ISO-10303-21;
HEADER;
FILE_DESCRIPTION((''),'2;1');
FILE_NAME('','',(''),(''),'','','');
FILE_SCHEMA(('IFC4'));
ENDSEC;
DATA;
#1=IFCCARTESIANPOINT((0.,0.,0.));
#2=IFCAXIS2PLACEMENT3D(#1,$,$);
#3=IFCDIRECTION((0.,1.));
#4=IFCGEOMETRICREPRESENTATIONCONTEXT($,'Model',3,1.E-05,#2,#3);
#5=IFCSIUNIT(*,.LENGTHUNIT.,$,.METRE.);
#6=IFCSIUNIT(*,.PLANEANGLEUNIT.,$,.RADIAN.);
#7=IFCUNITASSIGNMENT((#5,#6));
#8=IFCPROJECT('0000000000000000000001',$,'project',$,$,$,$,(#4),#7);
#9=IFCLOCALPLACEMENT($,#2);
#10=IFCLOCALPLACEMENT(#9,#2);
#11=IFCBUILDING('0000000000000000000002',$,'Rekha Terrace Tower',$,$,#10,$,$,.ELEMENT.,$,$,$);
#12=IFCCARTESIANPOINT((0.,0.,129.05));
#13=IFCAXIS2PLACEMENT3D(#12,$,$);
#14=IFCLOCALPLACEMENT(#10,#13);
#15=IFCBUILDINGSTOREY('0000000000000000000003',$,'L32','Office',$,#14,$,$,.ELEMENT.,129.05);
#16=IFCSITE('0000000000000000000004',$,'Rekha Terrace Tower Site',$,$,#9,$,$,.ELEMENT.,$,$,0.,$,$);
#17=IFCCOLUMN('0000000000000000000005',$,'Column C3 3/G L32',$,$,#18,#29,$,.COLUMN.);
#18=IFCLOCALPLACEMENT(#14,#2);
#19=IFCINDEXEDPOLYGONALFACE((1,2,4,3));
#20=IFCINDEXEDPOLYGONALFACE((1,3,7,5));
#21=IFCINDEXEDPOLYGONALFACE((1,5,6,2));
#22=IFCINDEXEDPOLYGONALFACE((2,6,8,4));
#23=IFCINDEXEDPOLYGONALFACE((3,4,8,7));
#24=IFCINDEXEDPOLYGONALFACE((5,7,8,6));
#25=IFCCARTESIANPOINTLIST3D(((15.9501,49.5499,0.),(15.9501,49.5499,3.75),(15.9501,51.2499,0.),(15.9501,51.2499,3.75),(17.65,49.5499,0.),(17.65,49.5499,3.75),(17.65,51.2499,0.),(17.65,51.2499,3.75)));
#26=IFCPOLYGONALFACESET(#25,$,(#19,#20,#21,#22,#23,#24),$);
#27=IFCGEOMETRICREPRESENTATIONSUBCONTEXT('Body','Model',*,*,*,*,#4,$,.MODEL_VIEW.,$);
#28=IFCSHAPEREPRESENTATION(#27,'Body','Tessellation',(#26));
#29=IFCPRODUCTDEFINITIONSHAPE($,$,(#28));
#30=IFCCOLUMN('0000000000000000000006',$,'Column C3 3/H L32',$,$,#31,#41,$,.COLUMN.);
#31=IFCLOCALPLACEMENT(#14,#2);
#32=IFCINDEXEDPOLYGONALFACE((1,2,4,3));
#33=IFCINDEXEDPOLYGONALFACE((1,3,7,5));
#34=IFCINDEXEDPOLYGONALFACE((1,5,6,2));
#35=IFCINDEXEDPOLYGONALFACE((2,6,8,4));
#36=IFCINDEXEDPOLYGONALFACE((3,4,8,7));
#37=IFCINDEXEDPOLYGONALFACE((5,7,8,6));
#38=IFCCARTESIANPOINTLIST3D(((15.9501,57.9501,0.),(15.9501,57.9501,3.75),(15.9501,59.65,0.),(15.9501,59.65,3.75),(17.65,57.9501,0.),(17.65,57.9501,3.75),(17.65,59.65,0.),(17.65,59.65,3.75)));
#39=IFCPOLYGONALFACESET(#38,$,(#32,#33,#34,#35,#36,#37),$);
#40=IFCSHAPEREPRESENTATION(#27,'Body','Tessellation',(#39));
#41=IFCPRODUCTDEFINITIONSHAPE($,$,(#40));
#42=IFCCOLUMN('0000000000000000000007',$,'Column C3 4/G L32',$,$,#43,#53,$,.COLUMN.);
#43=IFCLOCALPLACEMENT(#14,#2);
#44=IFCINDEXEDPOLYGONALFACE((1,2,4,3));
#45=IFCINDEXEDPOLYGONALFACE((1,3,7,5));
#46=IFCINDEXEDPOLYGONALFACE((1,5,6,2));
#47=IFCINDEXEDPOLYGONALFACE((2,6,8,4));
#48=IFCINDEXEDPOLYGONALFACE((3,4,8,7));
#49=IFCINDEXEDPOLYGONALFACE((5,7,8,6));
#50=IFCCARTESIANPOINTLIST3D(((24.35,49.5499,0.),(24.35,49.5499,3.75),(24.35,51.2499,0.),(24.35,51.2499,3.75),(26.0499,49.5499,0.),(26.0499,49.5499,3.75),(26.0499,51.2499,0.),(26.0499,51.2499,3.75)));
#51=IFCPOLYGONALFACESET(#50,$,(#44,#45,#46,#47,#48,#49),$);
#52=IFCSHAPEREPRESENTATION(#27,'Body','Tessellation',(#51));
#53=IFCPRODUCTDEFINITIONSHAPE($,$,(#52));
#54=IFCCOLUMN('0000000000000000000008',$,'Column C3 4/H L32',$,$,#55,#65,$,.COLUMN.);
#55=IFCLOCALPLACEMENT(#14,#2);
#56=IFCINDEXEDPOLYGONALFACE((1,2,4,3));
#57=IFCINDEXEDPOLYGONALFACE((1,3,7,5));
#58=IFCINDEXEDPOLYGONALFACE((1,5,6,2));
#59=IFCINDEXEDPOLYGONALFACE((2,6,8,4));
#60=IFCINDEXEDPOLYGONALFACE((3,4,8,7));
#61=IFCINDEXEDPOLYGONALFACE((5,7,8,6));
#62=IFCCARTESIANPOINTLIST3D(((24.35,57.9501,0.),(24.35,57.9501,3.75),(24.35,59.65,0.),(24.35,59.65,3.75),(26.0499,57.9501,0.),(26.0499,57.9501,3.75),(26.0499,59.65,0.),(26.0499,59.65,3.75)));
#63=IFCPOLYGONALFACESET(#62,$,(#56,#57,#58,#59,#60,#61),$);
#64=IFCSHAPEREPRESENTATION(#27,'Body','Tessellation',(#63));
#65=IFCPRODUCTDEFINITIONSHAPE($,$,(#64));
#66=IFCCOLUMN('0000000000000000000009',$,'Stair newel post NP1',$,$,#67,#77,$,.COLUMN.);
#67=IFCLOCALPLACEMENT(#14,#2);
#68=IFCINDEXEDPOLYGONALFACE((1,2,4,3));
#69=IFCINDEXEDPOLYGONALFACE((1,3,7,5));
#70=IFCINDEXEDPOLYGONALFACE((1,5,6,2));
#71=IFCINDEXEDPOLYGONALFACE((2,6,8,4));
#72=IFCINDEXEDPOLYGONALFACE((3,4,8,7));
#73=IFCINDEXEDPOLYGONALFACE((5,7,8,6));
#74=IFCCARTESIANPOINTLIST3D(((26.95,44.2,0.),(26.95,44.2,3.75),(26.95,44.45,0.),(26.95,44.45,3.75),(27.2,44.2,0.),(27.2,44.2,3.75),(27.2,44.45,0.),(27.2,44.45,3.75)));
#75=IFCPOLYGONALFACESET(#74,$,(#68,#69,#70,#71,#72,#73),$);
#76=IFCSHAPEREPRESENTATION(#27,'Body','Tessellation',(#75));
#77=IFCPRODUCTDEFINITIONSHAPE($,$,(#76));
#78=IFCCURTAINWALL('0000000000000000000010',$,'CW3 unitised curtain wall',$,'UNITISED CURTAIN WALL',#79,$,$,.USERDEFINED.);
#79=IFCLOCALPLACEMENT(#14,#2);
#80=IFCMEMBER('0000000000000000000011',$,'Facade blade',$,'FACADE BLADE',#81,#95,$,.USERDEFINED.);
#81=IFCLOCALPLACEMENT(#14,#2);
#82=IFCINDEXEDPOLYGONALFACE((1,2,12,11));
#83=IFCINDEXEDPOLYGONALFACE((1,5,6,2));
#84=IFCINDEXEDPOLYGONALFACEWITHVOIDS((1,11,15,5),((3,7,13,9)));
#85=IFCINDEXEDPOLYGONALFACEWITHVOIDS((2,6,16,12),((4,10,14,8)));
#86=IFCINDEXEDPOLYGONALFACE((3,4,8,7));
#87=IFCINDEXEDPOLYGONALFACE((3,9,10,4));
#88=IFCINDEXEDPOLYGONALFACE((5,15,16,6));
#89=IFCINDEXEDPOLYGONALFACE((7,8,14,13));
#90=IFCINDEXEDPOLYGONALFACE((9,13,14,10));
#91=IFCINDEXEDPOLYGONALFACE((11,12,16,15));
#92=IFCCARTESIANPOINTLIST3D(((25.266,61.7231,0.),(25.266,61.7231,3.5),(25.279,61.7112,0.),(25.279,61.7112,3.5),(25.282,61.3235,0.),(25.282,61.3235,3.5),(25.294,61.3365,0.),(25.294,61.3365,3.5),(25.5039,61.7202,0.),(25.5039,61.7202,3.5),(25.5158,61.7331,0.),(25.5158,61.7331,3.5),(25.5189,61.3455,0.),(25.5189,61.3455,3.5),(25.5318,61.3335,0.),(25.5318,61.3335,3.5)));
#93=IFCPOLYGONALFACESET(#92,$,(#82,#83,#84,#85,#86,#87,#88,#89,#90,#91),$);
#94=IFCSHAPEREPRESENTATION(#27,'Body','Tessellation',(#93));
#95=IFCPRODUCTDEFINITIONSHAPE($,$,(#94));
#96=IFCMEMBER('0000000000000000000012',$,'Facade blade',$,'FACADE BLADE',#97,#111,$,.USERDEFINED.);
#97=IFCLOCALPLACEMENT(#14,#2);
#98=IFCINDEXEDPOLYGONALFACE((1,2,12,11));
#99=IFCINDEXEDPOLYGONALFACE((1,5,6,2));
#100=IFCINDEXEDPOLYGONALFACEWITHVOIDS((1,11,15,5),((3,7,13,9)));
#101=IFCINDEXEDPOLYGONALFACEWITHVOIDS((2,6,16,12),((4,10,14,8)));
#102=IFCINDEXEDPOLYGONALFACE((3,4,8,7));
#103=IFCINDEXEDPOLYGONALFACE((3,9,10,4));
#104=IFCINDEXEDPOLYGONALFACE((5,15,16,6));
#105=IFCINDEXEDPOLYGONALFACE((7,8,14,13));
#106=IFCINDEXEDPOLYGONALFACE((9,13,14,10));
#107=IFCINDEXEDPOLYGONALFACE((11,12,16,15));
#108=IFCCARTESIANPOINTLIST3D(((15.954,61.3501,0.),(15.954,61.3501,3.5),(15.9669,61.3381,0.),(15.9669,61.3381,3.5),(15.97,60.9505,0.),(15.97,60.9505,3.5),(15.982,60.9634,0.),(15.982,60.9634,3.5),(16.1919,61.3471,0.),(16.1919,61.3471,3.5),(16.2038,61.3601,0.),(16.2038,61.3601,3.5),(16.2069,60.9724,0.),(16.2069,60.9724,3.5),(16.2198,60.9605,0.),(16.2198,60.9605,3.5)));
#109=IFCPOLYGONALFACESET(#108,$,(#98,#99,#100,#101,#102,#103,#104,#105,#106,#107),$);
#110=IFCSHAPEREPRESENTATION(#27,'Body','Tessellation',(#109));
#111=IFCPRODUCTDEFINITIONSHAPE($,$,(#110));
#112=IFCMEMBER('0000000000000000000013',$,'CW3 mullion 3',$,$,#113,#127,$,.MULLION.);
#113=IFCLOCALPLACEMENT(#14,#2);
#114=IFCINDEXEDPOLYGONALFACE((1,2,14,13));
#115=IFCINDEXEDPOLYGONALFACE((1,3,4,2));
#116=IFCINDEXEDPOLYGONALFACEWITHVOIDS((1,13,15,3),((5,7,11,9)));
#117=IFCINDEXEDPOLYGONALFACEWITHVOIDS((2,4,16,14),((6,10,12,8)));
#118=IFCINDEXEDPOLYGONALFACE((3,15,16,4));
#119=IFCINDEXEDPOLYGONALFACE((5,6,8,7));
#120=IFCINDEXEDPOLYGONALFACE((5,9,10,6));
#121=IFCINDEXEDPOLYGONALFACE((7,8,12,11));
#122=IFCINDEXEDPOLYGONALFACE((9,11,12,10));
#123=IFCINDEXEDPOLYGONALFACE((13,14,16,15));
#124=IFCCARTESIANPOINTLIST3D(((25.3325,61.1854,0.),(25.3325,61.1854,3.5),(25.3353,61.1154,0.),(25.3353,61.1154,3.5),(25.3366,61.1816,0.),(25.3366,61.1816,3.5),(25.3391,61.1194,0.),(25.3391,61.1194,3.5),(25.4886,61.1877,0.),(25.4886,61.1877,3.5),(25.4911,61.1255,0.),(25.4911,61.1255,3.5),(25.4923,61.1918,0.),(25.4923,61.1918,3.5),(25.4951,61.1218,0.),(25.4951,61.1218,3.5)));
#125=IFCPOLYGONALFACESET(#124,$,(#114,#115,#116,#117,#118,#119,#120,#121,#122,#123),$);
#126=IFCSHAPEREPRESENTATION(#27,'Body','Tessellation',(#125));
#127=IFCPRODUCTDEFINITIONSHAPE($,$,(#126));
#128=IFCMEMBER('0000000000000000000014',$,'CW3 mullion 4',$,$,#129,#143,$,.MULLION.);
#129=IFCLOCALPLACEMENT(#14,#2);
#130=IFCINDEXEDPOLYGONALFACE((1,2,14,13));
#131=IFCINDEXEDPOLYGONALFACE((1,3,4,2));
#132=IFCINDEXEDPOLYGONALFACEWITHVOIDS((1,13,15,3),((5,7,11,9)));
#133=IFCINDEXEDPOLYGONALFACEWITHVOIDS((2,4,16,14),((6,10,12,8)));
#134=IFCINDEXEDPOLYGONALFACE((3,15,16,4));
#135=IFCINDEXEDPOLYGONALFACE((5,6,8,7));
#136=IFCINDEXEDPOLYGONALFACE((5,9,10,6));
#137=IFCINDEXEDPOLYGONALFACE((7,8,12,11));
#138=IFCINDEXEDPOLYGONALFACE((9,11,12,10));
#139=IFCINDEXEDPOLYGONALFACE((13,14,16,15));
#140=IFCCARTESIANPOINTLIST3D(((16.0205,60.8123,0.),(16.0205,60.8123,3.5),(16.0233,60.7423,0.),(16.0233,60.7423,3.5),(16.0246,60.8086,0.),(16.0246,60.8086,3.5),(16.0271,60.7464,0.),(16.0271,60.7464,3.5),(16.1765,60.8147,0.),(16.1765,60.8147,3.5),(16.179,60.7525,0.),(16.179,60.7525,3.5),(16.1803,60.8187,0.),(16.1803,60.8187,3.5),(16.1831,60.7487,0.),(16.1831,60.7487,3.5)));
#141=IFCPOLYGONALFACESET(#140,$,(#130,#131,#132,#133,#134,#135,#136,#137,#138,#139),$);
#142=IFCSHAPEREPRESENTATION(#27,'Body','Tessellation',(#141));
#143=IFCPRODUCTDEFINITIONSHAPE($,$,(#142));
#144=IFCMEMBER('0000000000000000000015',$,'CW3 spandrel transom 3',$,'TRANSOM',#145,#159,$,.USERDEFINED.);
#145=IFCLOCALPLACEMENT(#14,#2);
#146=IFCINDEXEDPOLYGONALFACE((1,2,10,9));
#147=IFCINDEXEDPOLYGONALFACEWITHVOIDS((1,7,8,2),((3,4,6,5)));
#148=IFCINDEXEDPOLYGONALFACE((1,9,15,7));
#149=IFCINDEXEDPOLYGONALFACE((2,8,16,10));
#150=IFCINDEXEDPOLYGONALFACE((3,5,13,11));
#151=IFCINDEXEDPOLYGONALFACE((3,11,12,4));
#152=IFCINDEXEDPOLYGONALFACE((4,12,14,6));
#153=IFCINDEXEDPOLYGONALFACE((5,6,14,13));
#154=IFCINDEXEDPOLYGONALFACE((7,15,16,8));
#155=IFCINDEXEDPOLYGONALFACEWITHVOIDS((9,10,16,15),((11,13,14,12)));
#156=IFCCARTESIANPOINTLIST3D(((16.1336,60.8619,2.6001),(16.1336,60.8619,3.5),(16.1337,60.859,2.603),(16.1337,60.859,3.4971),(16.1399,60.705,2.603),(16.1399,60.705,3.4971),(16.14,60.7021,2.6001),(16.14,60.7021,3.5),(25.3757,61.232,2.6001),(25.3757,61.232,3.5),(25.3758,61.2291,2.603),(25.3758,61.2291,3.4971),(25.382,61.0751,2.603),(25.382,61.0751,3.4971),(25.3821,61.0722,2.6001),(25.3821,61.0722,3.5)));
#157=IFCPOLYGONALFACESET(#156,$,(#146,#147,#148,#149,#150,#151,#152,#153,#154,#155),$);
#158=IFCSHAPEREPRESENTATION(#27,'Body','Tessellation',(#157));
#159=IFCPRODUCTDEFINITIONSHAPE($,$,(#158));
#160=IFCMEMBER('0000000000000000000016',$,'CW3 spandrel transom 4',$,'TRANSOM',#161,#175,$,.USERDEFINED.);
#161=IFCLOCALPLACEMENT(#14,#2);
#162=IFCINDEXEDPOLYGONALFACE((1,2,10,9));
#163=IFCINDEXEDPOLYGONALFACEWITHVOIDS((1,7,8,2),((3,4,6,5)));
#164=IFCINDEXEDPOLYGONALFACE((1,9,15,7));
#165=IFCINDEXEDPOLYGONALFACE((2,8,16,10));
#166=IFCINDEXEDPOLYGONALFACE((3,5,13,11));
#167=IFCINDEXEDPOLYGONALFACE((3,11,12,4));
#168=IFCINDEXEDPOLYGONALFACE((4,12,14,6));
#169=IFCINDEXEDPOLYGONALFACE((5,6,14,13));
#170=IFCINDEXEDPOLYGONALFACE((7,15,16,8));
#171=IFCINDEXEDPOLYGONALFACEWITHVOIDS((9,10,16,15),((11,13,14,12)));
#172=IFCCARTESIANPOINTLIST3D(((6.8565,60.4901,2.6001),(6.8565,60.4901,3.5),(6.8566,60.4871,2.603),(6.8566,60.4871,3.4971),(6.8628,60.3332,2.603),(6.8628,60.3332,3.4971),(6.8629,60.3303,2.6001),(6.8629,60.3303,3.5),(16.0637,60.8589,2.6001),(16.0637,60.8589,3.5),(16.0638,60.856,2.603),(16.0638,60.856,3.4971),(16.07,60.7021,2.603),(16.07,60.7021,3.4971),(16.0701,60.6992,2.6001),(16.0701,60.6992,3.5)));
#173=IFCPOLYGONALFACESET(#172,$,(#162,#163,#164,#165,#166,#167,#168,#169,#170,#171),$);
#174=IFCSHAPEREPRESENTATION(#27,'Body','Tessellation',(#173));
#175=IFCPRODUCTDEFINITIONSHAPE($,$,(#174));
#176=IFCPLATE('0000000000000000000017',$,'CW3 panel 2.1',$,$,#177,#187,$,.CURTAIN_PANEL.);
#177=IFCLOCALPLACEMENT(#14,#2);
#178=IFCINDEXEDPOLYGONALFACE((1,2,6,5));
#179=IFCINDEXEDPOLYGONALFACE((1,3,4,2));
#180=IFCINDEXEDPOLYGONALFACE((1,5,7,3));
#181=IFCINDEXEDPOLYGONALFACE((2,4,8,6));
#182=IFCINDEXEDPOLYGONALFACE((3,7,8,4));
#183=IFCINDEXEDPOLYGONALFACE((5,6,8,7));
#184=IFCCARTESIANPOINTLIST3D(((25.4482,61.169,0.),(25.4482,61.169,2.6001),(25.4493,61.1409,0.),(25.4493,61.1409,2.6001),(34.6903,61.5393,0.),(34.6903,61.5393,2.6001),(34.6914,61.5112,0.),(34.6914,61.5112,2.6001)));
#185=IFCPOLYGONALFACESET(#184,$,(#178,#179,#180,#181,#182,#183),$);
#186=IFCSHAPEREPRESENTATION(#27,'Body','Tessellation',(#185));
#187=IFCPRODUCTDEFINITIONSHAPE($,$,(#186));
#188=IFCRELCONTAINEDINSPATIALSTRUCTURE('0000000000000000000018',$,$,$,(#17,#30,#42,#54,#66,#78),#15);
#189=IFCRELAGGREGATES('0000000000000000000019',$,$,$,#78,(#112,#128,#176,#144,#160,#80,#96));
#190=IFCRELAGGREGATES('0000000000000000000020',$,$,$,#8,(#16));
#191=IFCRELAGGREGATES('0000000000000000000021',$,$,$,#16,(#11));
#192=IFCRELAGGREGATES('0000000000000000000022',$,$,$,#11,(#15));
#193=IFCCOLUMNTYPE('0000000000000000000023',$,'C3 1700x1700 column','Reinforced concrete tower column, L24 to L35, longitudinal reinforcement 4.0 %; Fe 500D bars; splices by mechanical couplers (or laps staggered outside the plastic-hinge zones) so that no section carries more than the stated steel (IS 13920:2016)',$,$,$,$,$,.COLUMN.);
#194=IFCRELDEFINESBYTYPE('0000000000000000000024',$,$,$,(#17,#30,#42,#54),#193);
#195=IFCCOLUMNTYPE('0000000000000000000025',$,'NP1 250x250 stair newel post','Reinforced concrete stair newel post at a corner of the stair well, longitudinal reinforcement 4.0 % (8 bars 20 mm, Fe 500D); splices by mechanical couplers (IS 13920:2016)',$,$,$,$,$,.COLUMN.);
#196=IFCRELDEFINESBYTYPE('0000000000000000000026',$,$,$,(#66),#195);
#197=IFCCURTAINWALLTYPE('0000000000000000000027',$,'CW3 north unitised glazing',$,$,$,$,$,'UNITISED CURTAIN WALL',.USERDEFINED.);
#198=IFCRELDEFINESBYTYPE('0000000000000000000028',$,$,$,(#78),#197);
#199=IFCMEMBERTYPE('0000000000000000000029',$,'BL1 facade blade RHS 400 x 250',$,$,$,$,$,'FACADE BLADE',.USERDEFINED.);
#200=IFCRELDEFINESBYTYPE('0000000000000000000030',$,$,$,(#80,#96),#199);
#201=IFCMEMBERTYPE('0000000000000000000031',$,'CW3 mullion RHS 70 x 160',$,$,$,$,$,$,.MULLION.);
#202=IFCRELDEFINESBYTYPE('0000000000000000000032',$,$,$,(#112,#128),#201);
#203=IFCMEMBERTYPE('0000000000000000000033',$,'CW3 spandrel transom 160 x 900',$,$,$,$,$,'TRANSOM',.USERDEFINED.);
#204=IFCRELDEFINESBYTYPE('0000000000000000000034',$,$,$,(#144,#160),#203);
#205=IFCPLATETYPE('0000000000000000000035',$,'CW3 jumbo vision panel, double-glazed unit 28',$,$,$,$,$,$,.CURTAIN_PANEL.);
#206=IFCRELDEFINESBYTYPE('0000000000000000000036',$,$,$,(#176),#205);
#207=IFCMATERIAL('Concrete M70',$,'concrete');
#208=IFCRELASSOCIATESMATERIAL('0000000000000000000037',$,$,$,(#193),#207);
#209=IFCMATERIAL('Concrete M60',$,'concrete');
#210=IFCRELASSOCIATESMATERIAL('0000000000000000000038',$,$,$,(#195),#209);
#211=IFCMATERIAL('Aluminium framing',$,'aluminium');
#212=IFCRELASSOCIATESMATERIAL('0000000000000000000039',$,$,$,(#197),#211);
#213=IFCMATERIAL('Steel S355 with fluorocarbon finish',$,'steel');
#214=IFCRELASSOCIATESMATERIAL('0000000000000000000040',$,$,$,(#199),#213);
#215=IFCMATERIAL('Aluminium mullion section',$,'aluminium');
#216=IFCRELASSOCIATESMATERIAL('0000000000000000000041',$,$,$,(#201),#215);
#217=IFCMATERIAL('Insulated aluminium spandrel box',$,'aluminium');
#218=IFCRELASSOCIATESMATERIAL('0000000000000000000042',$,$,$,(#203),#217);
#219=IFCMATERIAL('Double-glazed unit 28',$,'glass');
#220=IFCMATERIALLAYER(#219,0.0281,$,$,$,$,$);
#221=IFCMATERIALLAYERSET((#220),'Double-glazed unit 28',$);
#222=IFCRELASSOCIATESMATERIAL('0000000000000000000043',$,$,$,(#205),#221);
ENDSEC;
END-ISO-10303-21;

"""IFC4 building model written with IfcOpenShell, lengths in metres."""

from ifc_helpers import new_model, si_unit, direction, frame, origin, origin_2d, place, context, subcontext, project, spatial, rectangle, hollow_rectangle, extrude, material, layer, layer_set, material_profile, profile_set, type_object, element, aggregate, save


model = new_model("IFC4")

# Units and contexts
model_context = context("Model", 3, precision=1e-05, world=origin(), true_north=direction((0.0, 1.0)))
body_context = subcontext(model_context, "Body", "Model", "MODEL_VIEW")
ifc_project = project(units=[si_unit("LENGTHUNIT", "METRE"), si_unit("PLANEANGLEUNIT", "RADIAN")], contexts=[model_context])

# Site, building, storey
site_placement = place(None, origin())
site = spatial("IfcSite", under=ifc_project, at=site_placement, Name="Rekha Terrace Tower Site", CompositionType="ELEMENT", RefElevation=0.0)
building_placement = place(site_placement, origin())
building = spatial("IfcBuilding", under=site, at=building_placement, Name="Rekha Terrace Tower", CompositionType="ELEMENT")
storey_placement = place(building_placement, frame((0.0, 0.0, 129.05)))
storey = spatial("IfcBuildingStorey", under=building, at=storey_placement, Name="L32", Description="Office", CompositionType="ELEMENT", Elevation=129.05)

# Columns
ifc_material_1 = material(Name="Concrete M70", Category="concrete")
ifc_material_profile_1 = material_profile(ifc_material_1, rectangle(XDim=1.7, YDim=1.7, at=origin_2d()), Name="RC 1700x1700")
ifc_profile_set_1 = profile_set([ifc_material_profile_1], Name="Concrete M70")
column_type_1 = type_object("IfcColumnType", Name="C3 1700x1700 column", Description="Reinforced concrete tower column, L24 to L35, longitudinal reinforcement 4.0 %; Fe 500D bars; splices by mechanical couplers (or laps staggered outside the plastic-hinge zones) so that no section carries more than the stated steel (IS 13920:2016)", PredefinedType="COLUMN", material=ifc_profile_set_1)
for number, where, z_axis, x_axis, name in (
    (1, (16.8, 50.3999, 0.0), (0.0, 0.0, 1.0), (1.0, 0.0, 0.0), "Column C3 3/G L32"),
    (2, (16.8, 58.8, 0.0), (0.0, 0.0, 1.0), (1.0, 0.0, 0.0), "Column C3 3/H L32"),
    (3, (25.2, 50.3999, 0.0), (0.0, 0.0, 1.0), (1.0, 0.0, 0.0), "Column C3 4/G L32"),
    (4, (25.2, 58.8, 0.0), (0.0, 0.0, 1.0), (1.0, 0.0, 0.0), "Column C3 4/H L32"),
):
    element("IfcColumn", number, at=place(storey_placement, frame(where, z_axis=z_axis, x_axis=x_axis)), inside=storey, type_object=column_type_1, Name=name, PredefinedType="COLUMN", context=body_context, shape_type="SweptSolid", body=[
        extrude(rectangle(XDim=1.7, YDim=1.7, at=origin_2d()), origin(), (0.0, 0.0, 1.0), 3.75),
    ])
ifc_material_2 = material(Name="Concrete M60", Category="concrete")
ifc_material_profile_2 = material_profile(ifc_material_2, rectangle(XDim=0.25, YDim=0.25, at=origin_2d()), Name="RC 250x250")
ifc_profile_set_2 = profile_set([ifc_material_profile_2], Name="Concrete M60")
column_type_2 = type_object("IfcColumnType", Name="NP1 250x250 stair newel post", Description="Reinforced concrete stair newel post at a corner of the stair well, longitudinal reinforcement 4.0 % (8 bars 20 mm, Fe 500D); splices by mechanical couplers (IS 13920:2016)", PredefinedType="COLUMN", material=ifc_profile_set_2)
column_placement = place(storey_placement, frame((27.075, 44.325, 0.0), z_axis=(0.0, 0.0, 1.0), x_axis=(1.0, 0.0, 0.0)))
element("IfcColumn", 5, at=column_placement, inside=storey, type_object=column_type_2, Name="Stair newel post NP1", PredefinedType="COLUMN", context=body_context, shape_type="SweptSolid", body=[
    extrude(rectangle(XDim=0.25, YDim=0.25, at=origin_2d()), origin(), (0.0, 0.0, 1.0), 3.75),
])

# Curtain wall, members, plate
ifc_material_3 = material(Name="Aluminium framing", Category="aluminium")
curtain_wall_type = type_object("IfcCurtainWallType", Name="CW3 north unitised glazing", ElementType="UNITISED CURTAIN WALL", PredefinedType="USERDEFINED", material=ifc_material_3)
curtain_wall_placement = place(storey_placement, origin())
curtain_wall = element("IfcCurtainWall", 6, at=curtain_wall_placement, inside=storey, type_object=curtain_wall_type, Name="CW3 unitised curtain wall", ObjectType="UNITISED CURTAIN WALL", PredefinedType="USERDEFINED")
ifc_material_4 = material(Name="Steel S355 with fluorocarbon finish", Category="steel")
ifc_material_profile_3 = material_profile(ifc_material_4, hollow_rectangle(XDim=0.25, YDim=0.3999, WallThickness=0.0125, at=origin_2d()), Name="RHS400x250x12.5")
ifc_profile_set_3 = profile_set([ifc_material_profile_3], Name="Steel S355 with fluorocarbon finish")
member_type_1 = type_object("IfcMemberType", Name="BL1 facade blade RHS 400 x 250", ElementType="FACADE BLADE", PredefinedType="USERDEFINED", material=ifc_profile_set_3)
member_1_placement = place(storey_placement, frame((25.3989, 61.5283, 0.0), z_axis=(0.0, 0.0, 1.0), x_axis=(-0.999198, -0.040032, 0.0)))
member_1 = element("IfcMember", 7, at=member_1_placement, type_object=member_type_1, Name="Facade blade", ObjectType="FACADE BLADE", PredefinedType="USERDEFINED", context=body_context, shape_type="SweptSolid", body=[
    extrude(hollow_rectangle(XDim=0.25, YDim=0.3999, WallThickness=0.0125, at=origin_2d()), origin(), (0.0, 0.0, 1.0), 3.5),
])
member_2_placement = place(storey_placement, frame((16.0869, 61.1553, 0.0), z_axis=(0.0, 0.0, 1.0), x_axis=(-0.999198, -0.040032, 0.0)))
member_2 = element("IfcMember", 8, at=member_2_placement, type_object=member_type_1, Name="Facade blade", ObjectType="FACADE BLADE", PredefinedType="USERDEFINED", context=body_context, shape_type="SweptSolid", body=[
    extrude(hollow_rectangle(XDim=0.25, YDim=0.3999, WallThickness=0.0125, at=origin_2d()), origin(), (0.0, 0.0, 1.0), 3.5),
])
ifc_material_5 = material(Name="Aluminium mullion section", Category="aluminium")
ifc_material_profile_4 = material_profile(ifc_material_5, hollow_rectangle(XDim=0.0701, YDim=0.1599, WallThickness=0.0039, at=origin_2d()), Name="AL RHS 70x160")
ifc_profile_set_4 = profile_set([ifc_material_profile_4], Name="Aluminium mullion section")
member_type_2 = type_object("IfcMemberType", Name="CW3 mullion RHS 70 x 160", PredefinedType="MULLION", material=ifc_profile_set_4)
member_3_placement = place(storey_placement, frame((25.4138, 61.1536, 0.0), z_axis=(0.0, 0.0, 1.0), x_axis=(0.040032, -0.999198, 0.0)))
member_3 = element("IfcMember", 9, at=member_3_placement, type_object=member_type_2, Name="CW3 mullion 3", PredefinedType="MULLION", context=body_context, shape_type="SweptSolid", body=[
    extrude(hollow_rectangle(XDim=0.0701, YDim=0.1599, WallThickness=0.0039, at=origin_2d()), origin(), (0.0, 0.0, 1.0), 3.5),
])
member_4_placement = place(storey_placement, frame((16.1018, 60.7805, 0.0), z_axis=(0.0, 0.0, 1.0), x_axis=(0.040032, -0.999198, 0.0)))
member_4 = element("IfcMember", 10, at=member_4_placement, type_object=member_type_2, Name="CW3 mullion 4", PredefinedType="MULLION", context=body_context, shape_type="SweptSolid", body=[
    extrude(hollow_rectangle(XDim=0.0701, YDim=0.1599, WallThickness=0.0039, at=origin_2d()), origin(), (0.0, 0.0, 1.0), 3.5),
])
ifc_material_6 = material(Name="Insulated aluminium spandrel box", Category="aluminium")
ifc_material_profile_5 = material_profile(ifc_material_6, hollow_rectangle(XDim=0.1599, YDim=0.8999, WallThickness=0.0029, at=origin_2d()), Name="AL SPANDREL BOX 160x900")
ifc_profile_set_5 = profile_set([ifc_material_profile_5], Name="Insulated aluminium spandrel box")
member_type_3 = type_object("IfcMemberType", Name="CW3 spandrel transom 160 x 900", ElementType="TRANSOM", PredefinedType="USERDEFINED", material=ifc_profile_set_5)
member_5_placement = place(storey_placement, frame((25.3789, 61.1521, 3.05), z_axis=(-0.999199, -0.040014, 0.0), x_axis=(0.040014, -0.999199, 0.0)))
member_5 = element("IfcMember", 11, at=member_5_placement, type_object=member_type_3, Name="CW3 spandrel transom 3", ObjectType="TRANSOM", PredefinedType="USERDEFINED", context=body_context, shape_type="SweptSolid", body=[
    extrude(hollow_rectangle(XDim=0.1599, YDim=0.8999, WallThickness=0.0029, at=origin_2d()), origin(), (0.0, 0.0, 1.0), 9.2495),
])
member_6_placement = place(storey_placement, frame((16.0669, 60.7791, 3.05), z_axis=(-0.999198, -0.040034, 0.0), x_axis=(0.040034, -0.999198, 0.0)))
member_6 = element("IfcMember", 12, at=member_6_placement, type_object=member_type_3, Name="CW3 spandrel transom 4", ObjectType="TRANSOM", PredefinedType="USERDEFINED", context=body_context, shape_type="SweptSolid", body=[
    extrude(hollow_rectangle(XDim=0.1599, YDim=0.8999, WallThickness=0.0029, at=origin_2d()), origin(), (0.0, 0.0, 1.0), 9.2146),
])
ifc_material_7 = material(Name="Double-glazed unit 28", Category="glass")
ifc_layer_1 = layer(ifc_material_7, 0.0281)
ifc_layer_set_1 = layer_set([ifc_layer_1], Name="Double-glazed unit 28")
plate_type = type_object("IfcPlateType", Name="CW3 jumbo vision panel, double-glazed unit 28", PredefinedType="CURTAIN_PANEL", material=ifc_layer_set_1)
plate_1_placement = place(storey_placement, frame((30.0698, 61.3401, 0.0), z_axis=(0.0, 0.0, 1.0), x_axis=(-0.999198, -0.040032, 0.0)))
plate_1 = element("IfcPlate", 13, at=plate_1_placement, type_object=plate_type, Name="CW3 panel 2.1", PredefinedType="CURTAIN_PANEL", context=body_context, shape_type="SweptSolid", body=[
    extrude(rectangle(XDim=9.2495, YDim=0.0281, at=origin_2d()), origin(), (0.0, 0.0, 1.0), 2.6001),
])
aggregate(curtain_wall, [member_3, member_4, plate_1, member_5, member_6, member_1, member_2])

save(model, "model.ifc")
